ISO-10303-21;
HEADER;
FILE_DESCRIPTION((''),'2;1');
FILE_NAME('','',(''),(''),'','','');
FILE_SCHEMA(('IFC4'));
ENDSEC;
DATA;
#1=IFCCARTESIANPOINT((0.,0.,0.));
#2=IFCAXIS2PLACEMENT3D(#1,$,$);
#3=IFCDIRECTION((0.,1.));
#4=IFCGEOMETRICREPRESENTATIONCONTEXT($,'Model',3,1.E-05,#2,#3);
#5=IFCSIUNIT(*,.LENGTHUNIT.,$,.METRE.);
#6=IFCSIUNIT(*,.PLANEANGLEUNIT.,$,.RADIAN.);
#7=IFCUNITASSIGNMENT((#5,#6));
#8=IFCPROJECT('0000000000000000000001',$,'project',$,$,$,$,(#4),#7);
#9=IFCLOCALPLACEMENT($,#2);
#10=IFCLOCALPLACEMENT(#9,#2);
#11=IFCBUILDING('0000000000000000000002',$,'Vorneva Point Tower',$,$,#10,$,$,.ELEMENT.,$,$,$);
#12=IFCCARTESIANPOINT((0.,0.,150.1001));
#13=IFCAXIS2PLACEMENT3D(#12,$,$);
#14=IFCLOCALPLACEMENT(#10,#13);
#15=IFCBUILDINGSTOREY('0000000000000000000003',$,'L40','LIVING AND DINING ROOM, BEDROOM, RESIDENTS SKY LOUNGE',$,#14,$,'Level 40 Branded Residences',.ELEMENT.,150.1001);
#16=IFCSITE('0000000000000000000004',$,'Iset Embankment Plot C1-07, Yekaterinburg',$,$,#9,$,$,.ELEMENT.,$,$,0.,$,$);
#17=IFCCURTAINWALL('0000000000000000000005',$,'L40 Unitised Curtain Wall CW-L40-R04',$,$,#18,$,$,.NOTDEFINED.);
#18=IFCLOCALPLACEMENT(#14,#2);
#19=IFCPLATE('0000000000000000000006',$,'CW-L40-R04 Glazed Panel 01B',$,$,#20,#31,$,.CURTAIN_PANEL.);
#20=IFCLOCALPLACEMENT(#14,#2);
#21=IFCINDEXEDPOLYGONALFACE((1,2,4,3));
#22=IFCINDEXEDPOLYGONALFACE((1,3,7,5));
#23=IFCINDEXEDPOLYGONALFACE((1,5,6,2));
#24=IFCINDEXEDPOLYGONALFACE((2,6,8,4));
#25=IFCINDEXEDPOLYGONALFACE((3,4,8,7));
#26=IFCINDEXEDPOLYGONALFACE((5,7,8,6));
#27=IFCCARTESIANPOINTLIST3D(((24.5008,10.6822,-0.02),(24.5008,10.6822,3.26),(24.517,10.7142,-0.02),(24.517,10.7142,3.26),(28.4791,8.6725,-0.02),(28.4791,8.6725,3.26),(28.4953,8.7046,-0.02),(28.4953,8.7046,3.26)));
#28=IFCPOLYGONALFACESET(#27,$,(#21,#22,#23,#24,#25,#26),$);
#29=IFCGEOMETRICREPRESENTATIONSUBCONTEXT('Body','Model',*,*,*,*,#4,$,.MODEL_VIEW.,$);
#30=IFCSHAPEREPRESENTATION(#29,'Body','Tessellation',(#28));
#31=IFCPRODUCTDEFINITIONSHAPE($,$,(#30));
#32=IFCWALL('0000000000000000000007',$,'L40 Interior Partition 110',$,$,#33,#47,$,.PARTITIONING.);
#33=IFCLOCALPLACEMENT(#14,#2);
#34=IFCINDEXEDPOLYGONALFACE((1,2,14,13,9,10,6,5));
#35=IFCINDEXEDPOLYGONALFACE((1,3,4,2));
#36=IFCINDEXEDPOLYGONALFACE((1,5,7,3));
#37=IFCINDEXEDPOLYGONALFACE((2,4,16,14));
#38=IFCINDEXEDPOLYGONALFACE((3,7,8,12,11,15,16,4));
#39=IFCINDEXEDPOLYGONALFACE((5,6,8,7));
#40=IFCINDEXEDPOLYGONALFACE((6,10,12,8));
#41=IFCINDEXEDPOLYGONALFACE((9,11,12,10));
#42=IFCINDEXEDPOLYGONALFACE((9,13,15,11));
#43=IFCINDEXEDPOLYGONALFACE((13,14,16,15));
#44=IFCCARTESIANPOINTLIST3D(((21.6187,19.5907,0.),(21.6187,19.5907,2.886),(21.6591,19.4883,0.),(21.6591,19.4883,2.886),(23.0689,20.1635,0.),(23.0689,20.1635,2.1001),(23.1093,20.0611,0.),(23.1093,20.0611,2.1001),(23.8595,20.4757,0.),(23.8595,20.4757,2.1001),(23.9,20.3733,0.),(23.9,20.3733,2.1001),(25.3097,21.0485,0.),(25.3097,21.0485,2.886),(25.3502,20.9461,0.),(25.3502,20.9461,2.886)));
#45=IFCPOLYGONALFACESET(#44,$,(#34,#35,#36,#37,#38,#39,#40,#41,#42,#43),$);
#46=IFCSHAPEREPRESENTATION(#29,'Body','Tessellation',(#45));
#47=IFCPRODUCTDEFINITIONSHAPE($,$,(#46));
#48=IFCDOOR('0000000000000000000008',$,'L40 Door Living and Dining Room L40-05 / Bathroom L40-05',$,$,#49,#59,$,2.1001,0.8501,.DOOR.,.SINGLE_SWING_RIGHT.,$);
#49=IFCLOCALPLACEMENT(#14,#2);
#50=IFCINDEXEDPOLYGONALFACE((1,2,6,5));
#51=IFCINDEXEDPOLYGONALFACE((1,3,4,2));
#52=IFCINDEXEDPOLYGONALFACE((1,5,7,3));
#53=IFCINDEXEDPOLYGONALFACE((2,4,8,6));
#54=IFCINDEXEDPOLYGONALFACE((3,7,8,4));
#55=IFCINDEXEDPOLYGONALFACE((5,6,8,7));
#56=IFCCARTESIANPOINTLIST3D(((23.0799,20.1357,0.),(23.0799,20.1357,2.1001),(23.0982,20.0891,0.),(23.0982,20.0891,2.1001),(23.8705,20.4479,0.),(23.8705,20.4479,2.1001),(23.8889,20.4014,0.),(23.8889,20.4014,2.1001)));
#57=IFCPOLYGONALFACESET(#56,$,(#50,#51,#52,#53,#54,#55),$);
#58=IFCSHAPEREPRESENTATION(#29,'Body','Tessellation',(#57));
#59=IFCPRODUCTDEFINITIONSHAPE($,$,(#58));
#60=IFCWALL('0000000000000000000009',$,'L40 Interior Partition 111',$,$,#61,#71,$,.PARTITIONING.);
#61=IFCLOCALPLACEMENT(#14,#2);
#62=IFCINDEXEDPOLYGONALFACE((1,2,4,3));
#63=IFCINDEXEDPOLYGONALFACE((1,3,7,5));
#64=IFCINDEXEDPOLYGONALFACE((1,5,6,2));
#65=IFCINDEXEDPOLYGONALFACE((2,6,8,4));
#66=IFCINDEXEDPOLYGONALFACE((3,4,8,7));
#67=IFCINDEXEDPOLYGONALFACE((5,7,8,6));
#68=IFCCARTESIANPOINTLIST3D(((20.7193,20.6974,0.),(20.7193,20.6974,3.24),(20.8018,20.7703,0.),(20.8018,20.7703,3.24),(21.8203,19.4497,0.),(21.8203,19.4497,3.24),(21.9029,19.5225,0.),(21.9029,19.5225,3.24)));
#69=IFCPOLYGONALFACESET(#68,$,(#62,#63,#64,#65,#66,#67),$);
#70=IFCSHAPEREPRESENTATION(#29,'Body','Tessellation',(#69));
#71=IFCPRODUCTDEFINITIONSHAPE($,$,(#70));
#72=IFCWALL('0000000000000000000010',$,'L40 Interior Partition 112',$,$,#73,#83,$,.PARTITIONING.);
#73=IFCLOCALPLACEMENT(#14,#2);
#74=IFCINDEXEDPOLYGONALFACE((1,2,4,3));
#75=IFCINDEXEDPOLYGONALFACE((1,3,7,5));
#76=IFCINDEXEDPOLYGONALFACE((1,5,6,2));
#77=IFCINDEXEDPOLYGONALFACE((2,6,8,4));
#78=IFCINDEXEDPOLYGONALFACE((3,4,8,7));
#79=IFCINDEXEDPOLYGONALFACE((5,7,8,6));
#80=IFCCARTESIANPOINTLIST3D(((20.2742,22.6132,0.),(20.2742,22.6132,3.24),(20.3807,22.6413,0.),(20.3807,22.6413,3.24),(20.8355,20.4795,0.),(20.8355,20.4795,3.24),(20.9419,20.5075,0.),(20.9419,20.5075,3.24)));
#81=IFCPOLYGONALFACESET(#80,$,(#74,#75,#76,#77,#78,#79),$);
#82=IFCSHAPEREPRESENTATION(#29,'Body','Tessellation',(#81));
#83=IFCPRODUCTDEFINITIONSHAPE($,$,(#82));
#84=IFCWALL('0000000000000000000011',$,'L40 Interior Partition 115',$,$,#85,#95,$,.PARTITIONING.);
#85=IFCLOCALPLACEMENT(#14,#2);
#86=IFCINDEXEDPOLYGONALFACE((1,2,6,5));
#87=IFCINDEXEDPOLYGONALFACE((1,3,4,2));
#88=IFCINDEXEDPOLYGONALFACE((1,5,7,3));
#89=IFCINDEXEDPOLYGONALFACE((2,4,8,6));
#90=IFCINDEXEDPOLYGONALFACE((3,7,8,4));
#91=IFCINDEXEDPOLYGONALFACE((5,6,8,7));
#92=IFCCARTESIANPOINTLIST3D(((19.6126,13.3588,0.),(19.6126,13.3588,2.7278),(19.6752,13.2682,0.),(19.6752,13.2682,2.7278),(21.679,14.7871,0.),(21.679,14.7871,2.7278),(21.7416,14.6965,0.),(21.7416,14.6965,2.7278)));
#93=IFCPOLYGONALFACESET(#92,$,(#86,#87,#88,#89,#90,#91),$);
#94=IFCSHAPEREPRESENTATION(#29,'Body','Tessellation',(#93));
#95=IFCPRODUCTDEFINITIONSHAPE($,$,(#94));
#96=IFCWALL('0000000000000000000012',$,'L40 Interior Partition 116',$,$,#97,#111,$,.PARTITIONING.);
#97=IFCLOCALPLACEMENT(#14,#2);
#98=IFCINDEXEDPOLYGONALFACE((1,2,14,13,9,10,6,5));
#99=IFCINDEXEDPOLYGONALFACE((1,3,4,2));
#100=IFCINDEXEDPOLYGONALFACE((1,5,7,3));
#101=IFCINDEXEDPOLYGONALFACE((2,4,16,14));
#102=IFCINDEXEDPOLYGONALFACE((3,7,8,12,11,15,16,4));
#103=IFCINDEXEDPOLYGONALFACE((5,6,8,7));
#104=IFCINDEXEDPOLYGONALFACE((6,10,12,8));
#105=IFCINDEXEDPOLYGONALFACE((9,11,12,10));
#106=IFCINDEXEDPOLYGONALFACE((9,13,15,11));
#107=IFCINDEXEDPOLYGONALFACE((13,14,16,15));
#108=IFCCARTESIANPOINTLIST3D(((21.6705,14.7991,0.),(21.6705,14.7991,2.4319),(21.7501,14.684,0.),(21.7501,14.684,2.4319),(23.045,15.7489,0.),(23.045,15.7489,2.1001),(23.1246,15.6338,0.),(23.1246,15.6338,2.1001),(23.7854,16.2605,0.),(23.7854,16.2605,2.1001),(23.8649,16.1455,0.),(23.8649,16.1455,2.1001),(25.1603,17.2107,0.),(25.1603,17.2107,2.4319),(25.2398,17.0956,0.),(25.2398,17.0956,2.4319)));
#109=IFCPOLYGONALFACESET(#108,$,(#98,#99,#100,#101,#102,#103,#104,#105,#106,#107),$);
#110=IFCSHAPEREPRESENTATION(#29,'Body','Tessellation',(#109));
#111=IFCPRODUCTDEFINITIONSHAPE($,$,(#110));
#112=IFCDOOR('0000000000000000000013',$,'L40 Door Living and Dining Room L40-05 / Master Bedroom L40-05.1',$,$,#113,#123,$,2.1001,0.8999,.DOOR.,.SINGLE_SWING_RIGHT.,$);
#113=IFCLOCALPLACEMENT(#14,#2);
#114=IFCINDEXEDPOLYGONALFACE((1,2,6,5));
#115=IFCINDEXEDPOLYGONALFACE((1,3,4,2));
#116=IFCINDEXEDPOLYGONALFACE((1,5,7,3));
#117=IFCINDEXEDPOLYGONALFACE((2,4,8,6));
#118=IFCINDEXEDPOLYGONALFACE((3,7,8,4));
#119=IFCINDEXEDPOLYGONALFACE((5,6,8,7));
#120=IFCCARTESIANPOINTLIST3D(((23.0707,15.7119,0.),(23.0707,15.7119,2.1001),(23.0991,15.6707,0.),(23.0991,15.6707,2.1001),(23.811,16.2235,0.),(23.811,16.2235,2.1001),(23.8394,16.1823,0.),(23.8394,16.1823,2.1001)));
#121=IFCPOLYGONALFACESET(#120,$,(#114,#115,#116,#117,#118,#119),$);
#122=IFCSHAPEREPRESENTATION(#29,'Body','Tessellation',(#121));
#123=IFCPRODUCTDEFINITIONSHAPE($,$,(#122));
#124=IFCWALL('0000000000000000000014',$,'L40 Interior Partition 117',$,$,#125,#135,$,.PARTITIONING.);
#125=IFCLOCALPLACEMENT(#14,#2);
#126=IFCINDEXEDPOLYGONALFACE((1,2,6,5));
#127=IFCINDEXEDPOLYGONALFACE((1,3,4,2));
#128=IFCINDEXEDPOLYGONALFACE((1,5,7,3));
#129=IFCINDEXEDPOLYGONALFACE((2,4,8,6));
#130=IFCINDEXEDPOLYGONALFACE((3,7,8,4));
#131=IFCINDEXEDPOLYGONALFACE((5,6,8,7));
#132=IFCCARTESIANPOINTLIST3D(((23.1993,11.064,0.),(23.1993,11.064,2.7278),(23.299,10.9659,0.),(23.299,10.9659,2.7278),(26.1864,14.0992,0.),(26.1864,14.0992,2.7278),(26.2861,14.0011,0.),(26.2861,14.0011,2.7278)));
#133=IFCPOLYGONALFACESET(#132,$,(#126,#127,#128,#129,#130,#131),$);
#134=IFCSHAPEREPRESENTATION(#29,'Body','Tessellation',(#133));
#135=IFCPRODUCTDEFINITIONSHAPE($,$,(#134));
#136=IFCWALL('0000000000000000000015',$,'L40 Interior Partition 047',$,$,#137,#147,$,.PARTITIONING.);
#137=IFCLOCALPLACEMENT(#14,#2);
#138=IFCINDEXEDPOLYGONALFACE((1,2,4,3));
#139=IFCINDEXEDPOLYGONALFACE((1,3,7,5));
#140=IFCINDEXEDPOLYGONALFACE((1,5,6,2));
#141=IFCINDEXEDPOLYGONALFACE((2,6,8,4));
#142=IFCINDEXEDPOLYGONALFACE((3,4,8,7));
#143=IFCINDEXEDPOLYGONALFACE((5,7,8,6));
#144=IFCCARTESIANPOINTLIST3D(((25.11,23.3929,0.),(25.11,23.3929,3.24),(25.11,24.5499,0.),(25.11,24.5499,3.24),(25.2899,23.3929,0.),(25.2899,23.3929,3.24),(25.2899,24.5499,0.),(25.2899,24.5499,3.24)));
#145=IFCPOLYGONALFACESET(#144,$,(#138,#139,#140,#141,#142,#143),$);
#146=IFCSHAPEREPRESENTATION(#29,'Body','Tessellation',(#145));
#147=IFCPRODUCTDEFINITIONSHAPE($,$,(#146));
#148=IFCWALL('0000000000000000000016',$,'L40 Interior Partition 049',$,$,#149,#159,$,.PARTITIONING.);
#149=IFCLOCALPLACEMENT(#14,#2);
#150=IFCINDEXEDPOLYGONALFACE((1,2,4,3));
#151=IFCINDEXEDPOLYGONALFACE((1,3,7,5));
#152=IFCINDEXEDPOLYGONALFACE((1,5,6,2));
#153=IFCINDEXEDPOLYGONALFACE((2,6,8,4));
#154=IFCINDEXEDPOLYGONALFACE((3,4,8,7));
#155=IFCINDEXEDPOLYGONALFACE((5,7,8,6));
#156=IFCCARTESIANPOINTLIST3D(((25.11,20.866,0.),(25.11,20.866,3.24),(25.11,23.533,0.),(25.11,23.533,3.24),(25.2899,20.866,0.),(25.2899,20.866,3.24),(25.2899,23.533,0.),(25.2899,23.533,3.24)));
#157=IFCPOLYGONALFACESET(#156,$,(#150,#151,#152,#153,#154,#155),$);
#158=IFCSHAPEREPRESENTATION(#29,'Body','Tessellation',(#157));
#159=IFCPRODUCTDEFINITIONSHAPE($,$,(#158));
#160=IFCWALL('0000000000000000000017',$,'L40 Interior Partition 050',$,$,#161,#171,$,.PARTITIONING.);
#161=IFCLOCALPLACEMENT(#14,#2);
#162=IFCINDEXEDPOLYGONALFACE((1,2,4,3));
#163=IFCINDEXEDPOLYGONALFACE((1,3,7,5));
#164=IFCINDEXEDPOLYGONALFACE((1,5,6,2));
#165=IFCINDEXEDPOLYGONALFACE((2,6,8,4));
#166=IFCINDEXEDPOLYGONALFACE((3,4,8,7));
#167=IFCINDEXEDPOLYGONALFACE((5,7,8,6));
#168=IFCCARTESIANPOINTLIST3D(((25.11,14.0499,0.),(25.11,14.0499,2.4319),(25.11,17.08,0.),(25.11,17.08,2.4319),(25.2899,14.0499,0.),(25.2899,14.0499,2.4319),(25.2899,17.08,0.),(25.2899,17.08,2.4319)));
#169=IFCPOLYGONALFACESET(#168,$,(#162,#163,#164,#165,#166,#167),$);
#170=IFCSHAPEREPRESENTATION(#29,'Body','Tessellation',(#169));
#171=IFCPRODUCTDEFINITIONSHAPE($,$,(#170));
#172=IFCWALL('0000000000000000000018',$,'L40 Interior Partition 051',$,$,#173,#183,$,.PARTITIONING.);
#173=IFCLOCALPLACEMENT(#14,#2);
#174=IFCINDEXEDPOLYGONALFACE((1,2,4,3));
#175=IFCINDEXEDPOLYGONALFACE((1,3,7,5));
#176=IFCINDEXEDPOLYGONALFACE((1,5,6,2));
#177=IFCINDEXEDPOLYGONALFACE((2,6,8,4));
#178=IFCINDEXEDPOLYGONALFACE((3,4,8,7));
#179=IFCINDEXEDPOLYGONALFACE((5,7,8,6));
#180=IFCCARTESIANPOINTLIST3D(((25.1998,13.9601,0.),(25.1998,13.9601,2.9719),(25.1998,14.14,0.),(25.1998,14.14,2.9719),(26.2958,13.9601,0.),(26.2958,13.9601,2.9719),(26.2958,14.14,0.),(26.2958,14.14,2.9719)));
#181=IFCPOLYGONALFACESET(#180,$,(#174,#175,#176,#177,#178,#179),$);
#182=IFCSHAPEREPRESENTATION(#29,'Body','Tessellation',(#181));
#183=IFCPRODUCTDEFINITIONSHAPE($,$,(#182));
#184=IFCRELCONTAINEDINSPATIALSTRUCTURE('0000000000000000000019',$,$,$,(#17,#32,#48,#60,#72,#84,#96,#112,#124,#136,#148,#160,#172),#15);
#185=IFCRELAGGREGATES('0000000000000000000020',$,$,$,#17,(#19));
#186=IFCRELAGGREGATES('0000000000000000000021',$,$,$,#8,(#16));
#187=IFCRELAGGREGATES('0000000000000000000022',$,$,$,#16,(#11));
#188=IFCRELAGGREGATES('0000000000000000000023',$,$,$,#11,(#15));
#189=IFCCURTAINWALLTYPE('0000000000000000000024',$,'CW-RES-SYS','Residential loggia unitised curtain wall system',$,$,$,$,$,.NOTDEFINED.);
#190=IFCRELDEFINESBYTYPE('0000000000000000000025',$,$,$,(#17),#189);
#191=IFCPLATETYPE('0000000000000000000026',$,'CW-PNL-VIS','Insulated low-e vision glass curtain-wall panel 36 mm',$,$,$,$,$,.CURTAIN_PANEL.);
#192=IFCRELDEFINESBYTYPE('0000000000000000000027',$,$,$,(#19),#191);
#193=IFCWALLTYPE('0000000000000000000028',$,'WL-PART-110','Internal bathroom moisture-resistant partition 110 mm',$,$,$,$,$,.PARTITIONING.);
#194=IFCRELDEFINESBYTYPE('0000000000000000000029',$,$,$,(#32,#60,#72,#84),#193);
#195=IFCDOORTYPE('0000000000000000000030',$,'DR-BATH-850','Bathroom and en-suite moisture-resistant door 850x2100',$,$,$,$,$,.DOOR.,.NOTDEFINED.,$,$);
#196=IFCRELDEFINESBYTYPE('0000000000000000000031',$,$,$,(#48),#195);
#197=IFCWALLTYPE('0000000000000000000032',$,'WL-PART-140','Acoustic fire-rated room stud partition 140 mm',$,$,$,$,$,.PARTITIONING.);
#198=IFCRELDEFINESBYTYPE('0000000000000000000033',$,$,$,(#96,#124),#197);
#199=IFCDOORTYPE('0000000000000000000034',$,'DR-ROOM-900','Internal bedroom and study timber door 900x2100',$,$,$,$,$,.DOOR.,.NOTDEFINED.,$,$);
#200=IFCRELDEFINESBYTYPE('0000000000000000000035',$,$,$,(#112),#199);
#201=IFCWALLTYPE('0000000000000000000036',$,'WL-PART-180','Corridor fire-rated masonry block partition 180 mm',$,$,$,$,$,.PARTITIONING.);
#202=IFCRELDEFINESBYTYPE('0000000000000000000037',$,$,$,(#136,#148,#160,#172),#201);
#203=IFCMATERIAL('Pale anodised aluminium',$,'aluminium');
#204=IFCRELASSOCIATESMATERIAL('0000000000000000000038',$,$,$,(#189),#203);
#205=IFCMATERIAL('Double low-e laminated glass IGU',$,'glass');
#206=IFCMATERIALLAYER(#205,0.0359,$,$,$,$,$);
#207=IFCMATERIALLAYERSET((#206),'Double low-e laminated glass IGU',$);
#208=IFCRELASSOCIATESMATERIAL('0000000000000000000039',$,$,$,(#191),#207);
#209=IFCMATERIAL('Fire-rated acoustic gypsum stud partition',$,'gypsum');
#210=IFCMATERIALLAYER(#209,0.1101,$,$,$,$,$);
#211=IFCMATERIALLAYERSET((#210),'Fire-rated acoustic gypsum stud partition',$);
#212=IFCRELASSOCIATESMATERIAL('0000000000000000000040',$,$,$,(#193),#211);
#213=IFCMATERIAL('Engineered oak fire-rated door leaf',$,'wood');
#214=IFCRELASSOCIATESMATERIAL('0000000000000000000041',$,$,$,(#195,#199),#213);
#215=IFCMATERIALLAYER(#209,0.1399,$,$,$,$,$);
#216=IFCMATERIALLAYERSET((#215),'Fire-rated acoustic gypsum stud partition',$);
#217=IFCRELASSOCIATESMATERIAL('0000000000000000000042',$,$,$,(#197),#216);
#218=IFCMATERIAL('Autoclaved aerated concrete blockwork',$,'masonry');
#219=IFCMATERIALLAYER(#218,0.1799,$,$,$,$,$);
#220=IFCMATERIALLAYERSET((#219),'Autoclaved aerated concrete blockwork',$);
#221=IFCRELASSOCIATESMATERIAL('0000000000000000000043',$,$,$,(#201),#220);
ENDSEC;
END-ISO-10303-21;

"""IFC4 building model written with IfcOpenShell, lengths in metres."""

from ifc_helpers import new_model, si_unit, direction, frame, frame_2d, origin, origin_2d, place, context, subcontext, project, spatial, rectangle, extrude, material, layer, layer_set, type_object, element, fill, aggregate, save


model = new_model("IFC4")

# Units and contexts
model_context = context("Model", 3, precision=1e-05, world=origin(), true_north=direction((0.0, 1.0)))
body_context = subcontext(model_context, "Body", "Model", "MODEL_VIEW")
ifc_project = project(units=[si_unit("LENGTHUNIT", "METRE"), si_unit("PLANEANGLEUNIT", "RADIAN")], contexts=[model_context])

# Site, building, storey
site_placement = place(None, origin())
site = spatial("IfcSite", under=ifc_project, at=site_placement, Name="Iset Embankment Plot C1-07, Yekaterinburg", CompositionType="ELEMENT", RefElevation=0.0)
building_placement = place(site_placement, origin())
building = spatial("IfcBuilding", under=site, at=building_placement, Name="Vorneva Point Tower", CompositionType="ELEMENT")
storey_placement = place(building_placement, frame((0.0, 0.0, 150.1001)))
storey = spatial("IfcBuildingStorey", under=building, at=storey_placement, Name="L40", Description="LIVING AND DINING ROOM, BEDROOM, RESIDENTS SKY LOUNGE", LongName="Level 40 Branded Residences", CompositionType="ELEMENT", Elevation=150.1001)

# Curtain wall, plate
ifc_material_1 = material(Name="Pale anodised aluminium", Category="aluminium")
curtain_wall_type = type_object("IfcCurtainWallType", Name="CW-RES-SYS", Description="Residential loggia unitised curtain wall system", PredefinedType="NOTDEFINED", material=ifc_material_1)
curtain_wall_placement = place(storey_placement, origin())
curtain_wall = element("IfcCurtainWall", 1, at=curtain_wall_placement, inside=storey, type_object=curtain_wall_type, Name="L40 Unitised Curtain Wall CW-L40-R04", PredefinedType="NOTDEFINED")
ifc_material_2 = material(Name="Double low-e laminated glass IGU", Category="glass")
ifc_layer_1 = layer(ifc_material_2, 0.0359)
ifc_layer_set_1 = layer_set([ifc_layer_1], Name="Double low-e laminated glass IGU")
plate_type = type_object("IfcPlateType", Name="CW-PNL-VIS", Description="Insulated low-e vision glass curtain-wall panel 36 mm", PredefinedType="CURTAIN_PANEL", material=ifc_layer_set_1)
plate_1_placement = place(storey_placement, frame((26.498, 9.6934, -0.02), z_axis=(0.0, 0.0, 1.0), x_axis=(0.892578, -0.450893, 0.0)))
plate_1 = element("IfcPlate", 2, at=plate_1_placement, type_object=plate_type, Name="CW-L40-R04 Glazed Panel 01B", PredefinedType="CURTAIN_PANEL", context=body_context, shape_type="SweptSolid", body=[
    extrude(rectangle(XDim=4.457, YDim=0.0359, at=origin_2d()), origin(), (0.0, 0.0, 1.0), 3.28),
])
aggregate(curtain_wall, [plate_1])

# Wall, opening, door
ifc_material_3 = material(Name="Fire-rated acoustic gypsum stud partition", Category="gypsum")
ifc_layer_2 = layer(ifc_material_3, 0.1101)
ifc_layer_set_2 = layer_set([ifc_layer_2], Name="Fire-rated acoustic gypsum stud partition")
wall_type_1 = type_object("IfcWallType", Name="WL-PART-110", Description="Internal bathroom moisture-resistant partition 110 mm", PredefinedType="PARTITIONING", material=ifc_layer_set_2)
wall_1_placement = place(storey_placement, frame((25.3301, 20.9973, 0.0), z_axis=(0.0, 0.0, 1.0), x_axis=(-0.930093, -0.367325, 0.0)))
wall_1 = element("IfcWall", 3, at=wall_1_placement, inside=storey, type_object=wall_type_1, Name="L40 Interior Partition 110", PredefinedType="PARTITIONING", context=body_context, shape_type="SweptSolid", body=[
    extrude(rectangle(XDim=3.9685, YDim=0.1101, at=frame_2d((1.9844, 0.0))), origin(), (0.0, 0.0, 1.0), 2.886),
])
opening_1_placement = place(wall_1_placement, frame((1.5593, 0.0, 0.0)))
opening_1 = element("IfcOpeningElement", 4, at=opening_1_placement, cuts=wall_1, PredefinedType="OPENING", context=body_context, shape_type="SweptSolid", body=[
    extrude(rectangle(XDim=0.8501, YDim=2.1001, at=frame_2d((0.425, 1.05))), frame((0.0, 0.0698, 0.0), z_axis=(0.0, -1.0, 0.0), x_axis=(1.0, 0.0, 0.0)), (0.0, 0.0, 1.0), 0.1399),
])
ifc_material_4 = material(Name="Engineered oak fire-rated door leaf", Category="wood")
door_type_1 = type_object("IfcDoorType", Name="DR-BATH-850", Description="Bathroom and en-suite moisture-resistant door 850x2100", OperationType="NOTDEFINED", PredefinedType="DOOR", material=ifc_material_4)
door_1_placement = place(opening_1_placement, origin())
door_1 = element("IfcDoor", 5, at=door_1_placement, inside=storey, type_object=door_type_1, Name="L40 Door Living and Dining Room L40-05 / Bathroom L40-05", OperationType="SINGLE_SWING_RIGHT", OverallHeight=2.1001, OverallWidth=0.8501, PredefinedType="DOOR", context=body_context, shape_type="SweptSolid", body=[
    extrude(rectangle(XDim=0.8501, YDim=2.1001, at=frame_2d((0.425, 1.05))), frame((0.0, 0.0249, 0.0), z_axis=(0.0, -1.0, 0.0), x_axis=(1.0, 0.0, 0.0)), (0.0, 0.0, 1.0), 0.05),
])
fill(opening_1, door_1)

# Walls
wall_2_placement = place(storey_placement, frame((21.8616, 19.4861, 0.0), z_axis=(0.0, 0.0, 1.0), x_axis=(-0.661646, 0.749816, 0.0)))
element("IfcWall", 6, at=wall_2_placement, inside=storey, type_object=wall_type_1, Name="L40 Interior Partition 111", PredefinedType="PARTITIONING", context=body_context, shape_type="SweptSolid", body=[
    extrude(rectangle(XDim=1.6641, YDim=0.1101, at=frame_2d((0.832, 0.0))), origin(), (0.0, 0.0, 1.0), 3.24),
])
wall_3_placement = place(storey_placement, frame((20.8887, 20.4937, 0.0), z_axis=(0.0, 0.0, 1.0), x_axis=(-0.25439, 0.967102, 0.0)))
element("IfcWall", 7, at=wall_3_placement, inside=storey, type_object=wall_type_1, Name="L40 Interior Partition 112", PredefinedType="PARTITIONING", context=body_context, shape_type="SweptSolid", body=[
    extrude(rectangle(XDim=2.2063, YDim=0.1101, at=frame_2d((1.103, 0.0))), origin(), (0.0, 0.0, 1.0), 3.24),
])
wall_4_placement = place(storey_placement, frame((21.7102, 14.7417, 0.0), z_axis=(0.0, 0.0, 1.0), x_axis=(-0.822633, -0.568573, 0.0)))
element("IfcWall", 8, at=wall_4_placement, inside=storey, type_object=wall_type_1, Name="L40 Interior Partition 115", PredefinedType="PARTITIONING", context=body_context, shape_type="SweptSolid", body=[
    extrude(rectangle(XDim=2.512, YDim=0.1101, at=frame_2d((1.2559, 0.0))), origin(), (0.0, 0.0, 1.0), 2.7278),
])

# Wall, opening, door
ifc_layer_3 = layer(ifc_material_3, 0.1399)
ifc_layer_set_3 = layer_set([ifc_layer_3], Name="Fire-rated acoustic gypsum stud partition")
wall_type_2 = type_object("IfcWallType", Name="WL-PART-140", Description="Acoustic fire-rated room stud partition 140 mm", PredefinedType="PARTITIONING", material=ifc_layer_set_3)
wall_5_placement = place(storey_placement, frame((21.7102, 14.7415, 0.0), z_axis=(0.0, 0.0, 1.0), x_axis=(0.822673, 0.568515, 0.0)))
wall_5 = element("IfcWall", 9, at=wall_5_placement, inside=storey, type_object=wall_type_2, Name="L40 Interior Partition 116", PredefinedType="PARTITIONING", context=body_context, shape_type="SweptSolid", body=[
    extrude(rectangle(XDim=4.2419, YDim=0.1399, at=frame_2d((2.1211, 0.0))), origin(), (0.0, 0.0, 1.0), 2.4319),
])
opening_2_placement = place(wall_5_placement, frame((1.6709, 0.0, 0.0)))
opening_2 = element("IfcOpeningElement", 10, at=opening_2_placement, cuts=wall_5, PredefinedType="OPENING", context=body_context, shape_type="SweptSolid", body=[
    extrude(rectangle(XDim=0.8999, YDim=2.1001, at=frame_2d((0.45, 1.05))), frame((0.0, 0.085, 0.0), z_axis=(0.0, -1.0, 0.0), x_axis=(1.0, 0.0, 0.0)), (0.0, 0.0, 1.0), 0.1697),
])
door_type_2 = type_object("IfcDoorType", Name="DR-ROOM-900", Description="Internal bedroom and study timber door 900x2100", OperationType="NOTDEFINED", PredefinedType="DOOR", material=ifc_material_4)
door_2_placement = place(opening_2_placement, origin())
door_2 = element("IfcDoor", 11, at=door_2_placement, inside=storey, type_object=door_type_2, Name="L40 Door Living and Dining Room L40-05 / Master Bedroom L40-05.1", OperationType="SINGLE_SWING_RIGHT", OverallHeight=2.1001, OverallWidth=0.8999, PredefinedType="DOOR", context=body_context, shape_type="SweptSolid", body=[
    extrude(rectangle(XDim=0.8999, YDim=2.1001, at=frame_2d((0.45, 1.05))), frame((0.0, 0.0249, 0.0), z_axis=(0.0, -1.0, 0.0), x_axis=(1.0, 0.0, 0.0)), (0.0, 0.0, 1.0), 0.05),
])
fill(opening_2, door_2)

# Walls
wall_6_placement = place(storey_placement, frame((23.249, 11.0149, 0.0), z_axis=(0.0, 0.0, 1.0), x_axis=(0.701437, 0.712731, 0.0)))
element("IfcWall", 12, at=wall_6_placement, inside=storey, type_object=wall_type_2, Name="L40 Interior Partition 117", PredefinedType="PARTITIONING", context=body_context, shape_type="SweptSolid", body=[
    extrude(rectangle(XDim=4.2585, YDim=0.1399, at=frame_2d((2.1294, 0.0))), origin(), (0.0, 0.0, 1.0), 2.7278),
])
ifc_material_5 = material(Name="Autoclaved aerated concrete blockwork", Category="masonry")
ifc_layer_4 = layer(ifc_material_5, 0.1799)
ifc_layer_set_4 = layer_set([ifc_layer_4], Name="Autoclaved aerated concrete blockwork")
wall_type_3 = type_object("IfcWallType", Name="WL-PART-180", Description="Corridor fire-rated masonry block partition 180 mm", PredefinedType="PARTITIONING", material=ifc_layer_set_4)
wall_7_placement = place(storey_placement, frame((25.2, 24.55, 0.0), z_axis=(0.0, 0.0, 1.0), x_axis=(0.0, -1.0, 0.0)))
element("IfcWall", 13, at=wall_7_placement, inside=storey, type_object=wall_type_3, Name="L40 Interior Partition 047", PredefinedType="PARTITIONING", context=body_context, shape_type="SweptSolid", body=[
    extrude(rectangle(XDim=1.157, YDim=0.1799, at=frame_2d((0.5786, 0.0))), origin(), (0.0, 0.0, 1.0), 3.24),
])

# Walls
wall_8_placement = place(storey_placement, frame((25.2, 23.533, 0.0), z_axis=(0.0, 0.0, 1.0), x_axis=(0.0, -1.0, 0.0)))
element("IfcWall", 14, at=wall_8_placement, inside=storey, type_object=wall_type_3, Name="L40 Interior Partition 049", PredefinedType="PARTITIONING", context=body_context, shape_type="SweptSolid", body=[
    extrude(rectangle(XDim=2.667, YDim=0.1799, at=frame_2d((1.3335, 0.0))), origin(), (0.0, 0.0, 1.0), 3.24),
])
wall_9_placement = place(storey_placement, frame((25.2, 17.0801, 0.0), z_axis=(0.0, 0.0, 1.0), x_axis=(0.0, -1.0, 0.0)))
element("IfcWall", 15, at=wall_9_placement, inside=storey, type_object=wall_type_3, Name="L40 Interior Partition 050", PredefinedType="PARTITIONING", context=body_context, shape_type="SweptSolid", body=[
    extrude(rectangle(XDim=3.03, YDim=0.1799, at=frame_2d((1.5151, 0.0))), origin(), (0.0, 0.0, 1.0), 2.4319),
])
wall_10_placement = place(storey_placement, frame((25.2, 14.05, 0.0), z_axis=(0.0, 0.0, 1.0), x_axis=(1.0, 0.0, 0.0)))
element("IfcWall", 16, at=wall_10_placement, inside=storey, type_object=wall_type_3, Name="L40 Interior Partition 051", PredefinedType="PARTITIONING", context=body_context, shape_type="SweptSolid", body=[
    extrude(rectangle(XDim=1.0959, YDim=0.1799, at=frame_2d((0.5479, 0.0))), origin(), (0.0, 0.0, 1.0), 2.9719),
])

save(model, "model.ifc")
